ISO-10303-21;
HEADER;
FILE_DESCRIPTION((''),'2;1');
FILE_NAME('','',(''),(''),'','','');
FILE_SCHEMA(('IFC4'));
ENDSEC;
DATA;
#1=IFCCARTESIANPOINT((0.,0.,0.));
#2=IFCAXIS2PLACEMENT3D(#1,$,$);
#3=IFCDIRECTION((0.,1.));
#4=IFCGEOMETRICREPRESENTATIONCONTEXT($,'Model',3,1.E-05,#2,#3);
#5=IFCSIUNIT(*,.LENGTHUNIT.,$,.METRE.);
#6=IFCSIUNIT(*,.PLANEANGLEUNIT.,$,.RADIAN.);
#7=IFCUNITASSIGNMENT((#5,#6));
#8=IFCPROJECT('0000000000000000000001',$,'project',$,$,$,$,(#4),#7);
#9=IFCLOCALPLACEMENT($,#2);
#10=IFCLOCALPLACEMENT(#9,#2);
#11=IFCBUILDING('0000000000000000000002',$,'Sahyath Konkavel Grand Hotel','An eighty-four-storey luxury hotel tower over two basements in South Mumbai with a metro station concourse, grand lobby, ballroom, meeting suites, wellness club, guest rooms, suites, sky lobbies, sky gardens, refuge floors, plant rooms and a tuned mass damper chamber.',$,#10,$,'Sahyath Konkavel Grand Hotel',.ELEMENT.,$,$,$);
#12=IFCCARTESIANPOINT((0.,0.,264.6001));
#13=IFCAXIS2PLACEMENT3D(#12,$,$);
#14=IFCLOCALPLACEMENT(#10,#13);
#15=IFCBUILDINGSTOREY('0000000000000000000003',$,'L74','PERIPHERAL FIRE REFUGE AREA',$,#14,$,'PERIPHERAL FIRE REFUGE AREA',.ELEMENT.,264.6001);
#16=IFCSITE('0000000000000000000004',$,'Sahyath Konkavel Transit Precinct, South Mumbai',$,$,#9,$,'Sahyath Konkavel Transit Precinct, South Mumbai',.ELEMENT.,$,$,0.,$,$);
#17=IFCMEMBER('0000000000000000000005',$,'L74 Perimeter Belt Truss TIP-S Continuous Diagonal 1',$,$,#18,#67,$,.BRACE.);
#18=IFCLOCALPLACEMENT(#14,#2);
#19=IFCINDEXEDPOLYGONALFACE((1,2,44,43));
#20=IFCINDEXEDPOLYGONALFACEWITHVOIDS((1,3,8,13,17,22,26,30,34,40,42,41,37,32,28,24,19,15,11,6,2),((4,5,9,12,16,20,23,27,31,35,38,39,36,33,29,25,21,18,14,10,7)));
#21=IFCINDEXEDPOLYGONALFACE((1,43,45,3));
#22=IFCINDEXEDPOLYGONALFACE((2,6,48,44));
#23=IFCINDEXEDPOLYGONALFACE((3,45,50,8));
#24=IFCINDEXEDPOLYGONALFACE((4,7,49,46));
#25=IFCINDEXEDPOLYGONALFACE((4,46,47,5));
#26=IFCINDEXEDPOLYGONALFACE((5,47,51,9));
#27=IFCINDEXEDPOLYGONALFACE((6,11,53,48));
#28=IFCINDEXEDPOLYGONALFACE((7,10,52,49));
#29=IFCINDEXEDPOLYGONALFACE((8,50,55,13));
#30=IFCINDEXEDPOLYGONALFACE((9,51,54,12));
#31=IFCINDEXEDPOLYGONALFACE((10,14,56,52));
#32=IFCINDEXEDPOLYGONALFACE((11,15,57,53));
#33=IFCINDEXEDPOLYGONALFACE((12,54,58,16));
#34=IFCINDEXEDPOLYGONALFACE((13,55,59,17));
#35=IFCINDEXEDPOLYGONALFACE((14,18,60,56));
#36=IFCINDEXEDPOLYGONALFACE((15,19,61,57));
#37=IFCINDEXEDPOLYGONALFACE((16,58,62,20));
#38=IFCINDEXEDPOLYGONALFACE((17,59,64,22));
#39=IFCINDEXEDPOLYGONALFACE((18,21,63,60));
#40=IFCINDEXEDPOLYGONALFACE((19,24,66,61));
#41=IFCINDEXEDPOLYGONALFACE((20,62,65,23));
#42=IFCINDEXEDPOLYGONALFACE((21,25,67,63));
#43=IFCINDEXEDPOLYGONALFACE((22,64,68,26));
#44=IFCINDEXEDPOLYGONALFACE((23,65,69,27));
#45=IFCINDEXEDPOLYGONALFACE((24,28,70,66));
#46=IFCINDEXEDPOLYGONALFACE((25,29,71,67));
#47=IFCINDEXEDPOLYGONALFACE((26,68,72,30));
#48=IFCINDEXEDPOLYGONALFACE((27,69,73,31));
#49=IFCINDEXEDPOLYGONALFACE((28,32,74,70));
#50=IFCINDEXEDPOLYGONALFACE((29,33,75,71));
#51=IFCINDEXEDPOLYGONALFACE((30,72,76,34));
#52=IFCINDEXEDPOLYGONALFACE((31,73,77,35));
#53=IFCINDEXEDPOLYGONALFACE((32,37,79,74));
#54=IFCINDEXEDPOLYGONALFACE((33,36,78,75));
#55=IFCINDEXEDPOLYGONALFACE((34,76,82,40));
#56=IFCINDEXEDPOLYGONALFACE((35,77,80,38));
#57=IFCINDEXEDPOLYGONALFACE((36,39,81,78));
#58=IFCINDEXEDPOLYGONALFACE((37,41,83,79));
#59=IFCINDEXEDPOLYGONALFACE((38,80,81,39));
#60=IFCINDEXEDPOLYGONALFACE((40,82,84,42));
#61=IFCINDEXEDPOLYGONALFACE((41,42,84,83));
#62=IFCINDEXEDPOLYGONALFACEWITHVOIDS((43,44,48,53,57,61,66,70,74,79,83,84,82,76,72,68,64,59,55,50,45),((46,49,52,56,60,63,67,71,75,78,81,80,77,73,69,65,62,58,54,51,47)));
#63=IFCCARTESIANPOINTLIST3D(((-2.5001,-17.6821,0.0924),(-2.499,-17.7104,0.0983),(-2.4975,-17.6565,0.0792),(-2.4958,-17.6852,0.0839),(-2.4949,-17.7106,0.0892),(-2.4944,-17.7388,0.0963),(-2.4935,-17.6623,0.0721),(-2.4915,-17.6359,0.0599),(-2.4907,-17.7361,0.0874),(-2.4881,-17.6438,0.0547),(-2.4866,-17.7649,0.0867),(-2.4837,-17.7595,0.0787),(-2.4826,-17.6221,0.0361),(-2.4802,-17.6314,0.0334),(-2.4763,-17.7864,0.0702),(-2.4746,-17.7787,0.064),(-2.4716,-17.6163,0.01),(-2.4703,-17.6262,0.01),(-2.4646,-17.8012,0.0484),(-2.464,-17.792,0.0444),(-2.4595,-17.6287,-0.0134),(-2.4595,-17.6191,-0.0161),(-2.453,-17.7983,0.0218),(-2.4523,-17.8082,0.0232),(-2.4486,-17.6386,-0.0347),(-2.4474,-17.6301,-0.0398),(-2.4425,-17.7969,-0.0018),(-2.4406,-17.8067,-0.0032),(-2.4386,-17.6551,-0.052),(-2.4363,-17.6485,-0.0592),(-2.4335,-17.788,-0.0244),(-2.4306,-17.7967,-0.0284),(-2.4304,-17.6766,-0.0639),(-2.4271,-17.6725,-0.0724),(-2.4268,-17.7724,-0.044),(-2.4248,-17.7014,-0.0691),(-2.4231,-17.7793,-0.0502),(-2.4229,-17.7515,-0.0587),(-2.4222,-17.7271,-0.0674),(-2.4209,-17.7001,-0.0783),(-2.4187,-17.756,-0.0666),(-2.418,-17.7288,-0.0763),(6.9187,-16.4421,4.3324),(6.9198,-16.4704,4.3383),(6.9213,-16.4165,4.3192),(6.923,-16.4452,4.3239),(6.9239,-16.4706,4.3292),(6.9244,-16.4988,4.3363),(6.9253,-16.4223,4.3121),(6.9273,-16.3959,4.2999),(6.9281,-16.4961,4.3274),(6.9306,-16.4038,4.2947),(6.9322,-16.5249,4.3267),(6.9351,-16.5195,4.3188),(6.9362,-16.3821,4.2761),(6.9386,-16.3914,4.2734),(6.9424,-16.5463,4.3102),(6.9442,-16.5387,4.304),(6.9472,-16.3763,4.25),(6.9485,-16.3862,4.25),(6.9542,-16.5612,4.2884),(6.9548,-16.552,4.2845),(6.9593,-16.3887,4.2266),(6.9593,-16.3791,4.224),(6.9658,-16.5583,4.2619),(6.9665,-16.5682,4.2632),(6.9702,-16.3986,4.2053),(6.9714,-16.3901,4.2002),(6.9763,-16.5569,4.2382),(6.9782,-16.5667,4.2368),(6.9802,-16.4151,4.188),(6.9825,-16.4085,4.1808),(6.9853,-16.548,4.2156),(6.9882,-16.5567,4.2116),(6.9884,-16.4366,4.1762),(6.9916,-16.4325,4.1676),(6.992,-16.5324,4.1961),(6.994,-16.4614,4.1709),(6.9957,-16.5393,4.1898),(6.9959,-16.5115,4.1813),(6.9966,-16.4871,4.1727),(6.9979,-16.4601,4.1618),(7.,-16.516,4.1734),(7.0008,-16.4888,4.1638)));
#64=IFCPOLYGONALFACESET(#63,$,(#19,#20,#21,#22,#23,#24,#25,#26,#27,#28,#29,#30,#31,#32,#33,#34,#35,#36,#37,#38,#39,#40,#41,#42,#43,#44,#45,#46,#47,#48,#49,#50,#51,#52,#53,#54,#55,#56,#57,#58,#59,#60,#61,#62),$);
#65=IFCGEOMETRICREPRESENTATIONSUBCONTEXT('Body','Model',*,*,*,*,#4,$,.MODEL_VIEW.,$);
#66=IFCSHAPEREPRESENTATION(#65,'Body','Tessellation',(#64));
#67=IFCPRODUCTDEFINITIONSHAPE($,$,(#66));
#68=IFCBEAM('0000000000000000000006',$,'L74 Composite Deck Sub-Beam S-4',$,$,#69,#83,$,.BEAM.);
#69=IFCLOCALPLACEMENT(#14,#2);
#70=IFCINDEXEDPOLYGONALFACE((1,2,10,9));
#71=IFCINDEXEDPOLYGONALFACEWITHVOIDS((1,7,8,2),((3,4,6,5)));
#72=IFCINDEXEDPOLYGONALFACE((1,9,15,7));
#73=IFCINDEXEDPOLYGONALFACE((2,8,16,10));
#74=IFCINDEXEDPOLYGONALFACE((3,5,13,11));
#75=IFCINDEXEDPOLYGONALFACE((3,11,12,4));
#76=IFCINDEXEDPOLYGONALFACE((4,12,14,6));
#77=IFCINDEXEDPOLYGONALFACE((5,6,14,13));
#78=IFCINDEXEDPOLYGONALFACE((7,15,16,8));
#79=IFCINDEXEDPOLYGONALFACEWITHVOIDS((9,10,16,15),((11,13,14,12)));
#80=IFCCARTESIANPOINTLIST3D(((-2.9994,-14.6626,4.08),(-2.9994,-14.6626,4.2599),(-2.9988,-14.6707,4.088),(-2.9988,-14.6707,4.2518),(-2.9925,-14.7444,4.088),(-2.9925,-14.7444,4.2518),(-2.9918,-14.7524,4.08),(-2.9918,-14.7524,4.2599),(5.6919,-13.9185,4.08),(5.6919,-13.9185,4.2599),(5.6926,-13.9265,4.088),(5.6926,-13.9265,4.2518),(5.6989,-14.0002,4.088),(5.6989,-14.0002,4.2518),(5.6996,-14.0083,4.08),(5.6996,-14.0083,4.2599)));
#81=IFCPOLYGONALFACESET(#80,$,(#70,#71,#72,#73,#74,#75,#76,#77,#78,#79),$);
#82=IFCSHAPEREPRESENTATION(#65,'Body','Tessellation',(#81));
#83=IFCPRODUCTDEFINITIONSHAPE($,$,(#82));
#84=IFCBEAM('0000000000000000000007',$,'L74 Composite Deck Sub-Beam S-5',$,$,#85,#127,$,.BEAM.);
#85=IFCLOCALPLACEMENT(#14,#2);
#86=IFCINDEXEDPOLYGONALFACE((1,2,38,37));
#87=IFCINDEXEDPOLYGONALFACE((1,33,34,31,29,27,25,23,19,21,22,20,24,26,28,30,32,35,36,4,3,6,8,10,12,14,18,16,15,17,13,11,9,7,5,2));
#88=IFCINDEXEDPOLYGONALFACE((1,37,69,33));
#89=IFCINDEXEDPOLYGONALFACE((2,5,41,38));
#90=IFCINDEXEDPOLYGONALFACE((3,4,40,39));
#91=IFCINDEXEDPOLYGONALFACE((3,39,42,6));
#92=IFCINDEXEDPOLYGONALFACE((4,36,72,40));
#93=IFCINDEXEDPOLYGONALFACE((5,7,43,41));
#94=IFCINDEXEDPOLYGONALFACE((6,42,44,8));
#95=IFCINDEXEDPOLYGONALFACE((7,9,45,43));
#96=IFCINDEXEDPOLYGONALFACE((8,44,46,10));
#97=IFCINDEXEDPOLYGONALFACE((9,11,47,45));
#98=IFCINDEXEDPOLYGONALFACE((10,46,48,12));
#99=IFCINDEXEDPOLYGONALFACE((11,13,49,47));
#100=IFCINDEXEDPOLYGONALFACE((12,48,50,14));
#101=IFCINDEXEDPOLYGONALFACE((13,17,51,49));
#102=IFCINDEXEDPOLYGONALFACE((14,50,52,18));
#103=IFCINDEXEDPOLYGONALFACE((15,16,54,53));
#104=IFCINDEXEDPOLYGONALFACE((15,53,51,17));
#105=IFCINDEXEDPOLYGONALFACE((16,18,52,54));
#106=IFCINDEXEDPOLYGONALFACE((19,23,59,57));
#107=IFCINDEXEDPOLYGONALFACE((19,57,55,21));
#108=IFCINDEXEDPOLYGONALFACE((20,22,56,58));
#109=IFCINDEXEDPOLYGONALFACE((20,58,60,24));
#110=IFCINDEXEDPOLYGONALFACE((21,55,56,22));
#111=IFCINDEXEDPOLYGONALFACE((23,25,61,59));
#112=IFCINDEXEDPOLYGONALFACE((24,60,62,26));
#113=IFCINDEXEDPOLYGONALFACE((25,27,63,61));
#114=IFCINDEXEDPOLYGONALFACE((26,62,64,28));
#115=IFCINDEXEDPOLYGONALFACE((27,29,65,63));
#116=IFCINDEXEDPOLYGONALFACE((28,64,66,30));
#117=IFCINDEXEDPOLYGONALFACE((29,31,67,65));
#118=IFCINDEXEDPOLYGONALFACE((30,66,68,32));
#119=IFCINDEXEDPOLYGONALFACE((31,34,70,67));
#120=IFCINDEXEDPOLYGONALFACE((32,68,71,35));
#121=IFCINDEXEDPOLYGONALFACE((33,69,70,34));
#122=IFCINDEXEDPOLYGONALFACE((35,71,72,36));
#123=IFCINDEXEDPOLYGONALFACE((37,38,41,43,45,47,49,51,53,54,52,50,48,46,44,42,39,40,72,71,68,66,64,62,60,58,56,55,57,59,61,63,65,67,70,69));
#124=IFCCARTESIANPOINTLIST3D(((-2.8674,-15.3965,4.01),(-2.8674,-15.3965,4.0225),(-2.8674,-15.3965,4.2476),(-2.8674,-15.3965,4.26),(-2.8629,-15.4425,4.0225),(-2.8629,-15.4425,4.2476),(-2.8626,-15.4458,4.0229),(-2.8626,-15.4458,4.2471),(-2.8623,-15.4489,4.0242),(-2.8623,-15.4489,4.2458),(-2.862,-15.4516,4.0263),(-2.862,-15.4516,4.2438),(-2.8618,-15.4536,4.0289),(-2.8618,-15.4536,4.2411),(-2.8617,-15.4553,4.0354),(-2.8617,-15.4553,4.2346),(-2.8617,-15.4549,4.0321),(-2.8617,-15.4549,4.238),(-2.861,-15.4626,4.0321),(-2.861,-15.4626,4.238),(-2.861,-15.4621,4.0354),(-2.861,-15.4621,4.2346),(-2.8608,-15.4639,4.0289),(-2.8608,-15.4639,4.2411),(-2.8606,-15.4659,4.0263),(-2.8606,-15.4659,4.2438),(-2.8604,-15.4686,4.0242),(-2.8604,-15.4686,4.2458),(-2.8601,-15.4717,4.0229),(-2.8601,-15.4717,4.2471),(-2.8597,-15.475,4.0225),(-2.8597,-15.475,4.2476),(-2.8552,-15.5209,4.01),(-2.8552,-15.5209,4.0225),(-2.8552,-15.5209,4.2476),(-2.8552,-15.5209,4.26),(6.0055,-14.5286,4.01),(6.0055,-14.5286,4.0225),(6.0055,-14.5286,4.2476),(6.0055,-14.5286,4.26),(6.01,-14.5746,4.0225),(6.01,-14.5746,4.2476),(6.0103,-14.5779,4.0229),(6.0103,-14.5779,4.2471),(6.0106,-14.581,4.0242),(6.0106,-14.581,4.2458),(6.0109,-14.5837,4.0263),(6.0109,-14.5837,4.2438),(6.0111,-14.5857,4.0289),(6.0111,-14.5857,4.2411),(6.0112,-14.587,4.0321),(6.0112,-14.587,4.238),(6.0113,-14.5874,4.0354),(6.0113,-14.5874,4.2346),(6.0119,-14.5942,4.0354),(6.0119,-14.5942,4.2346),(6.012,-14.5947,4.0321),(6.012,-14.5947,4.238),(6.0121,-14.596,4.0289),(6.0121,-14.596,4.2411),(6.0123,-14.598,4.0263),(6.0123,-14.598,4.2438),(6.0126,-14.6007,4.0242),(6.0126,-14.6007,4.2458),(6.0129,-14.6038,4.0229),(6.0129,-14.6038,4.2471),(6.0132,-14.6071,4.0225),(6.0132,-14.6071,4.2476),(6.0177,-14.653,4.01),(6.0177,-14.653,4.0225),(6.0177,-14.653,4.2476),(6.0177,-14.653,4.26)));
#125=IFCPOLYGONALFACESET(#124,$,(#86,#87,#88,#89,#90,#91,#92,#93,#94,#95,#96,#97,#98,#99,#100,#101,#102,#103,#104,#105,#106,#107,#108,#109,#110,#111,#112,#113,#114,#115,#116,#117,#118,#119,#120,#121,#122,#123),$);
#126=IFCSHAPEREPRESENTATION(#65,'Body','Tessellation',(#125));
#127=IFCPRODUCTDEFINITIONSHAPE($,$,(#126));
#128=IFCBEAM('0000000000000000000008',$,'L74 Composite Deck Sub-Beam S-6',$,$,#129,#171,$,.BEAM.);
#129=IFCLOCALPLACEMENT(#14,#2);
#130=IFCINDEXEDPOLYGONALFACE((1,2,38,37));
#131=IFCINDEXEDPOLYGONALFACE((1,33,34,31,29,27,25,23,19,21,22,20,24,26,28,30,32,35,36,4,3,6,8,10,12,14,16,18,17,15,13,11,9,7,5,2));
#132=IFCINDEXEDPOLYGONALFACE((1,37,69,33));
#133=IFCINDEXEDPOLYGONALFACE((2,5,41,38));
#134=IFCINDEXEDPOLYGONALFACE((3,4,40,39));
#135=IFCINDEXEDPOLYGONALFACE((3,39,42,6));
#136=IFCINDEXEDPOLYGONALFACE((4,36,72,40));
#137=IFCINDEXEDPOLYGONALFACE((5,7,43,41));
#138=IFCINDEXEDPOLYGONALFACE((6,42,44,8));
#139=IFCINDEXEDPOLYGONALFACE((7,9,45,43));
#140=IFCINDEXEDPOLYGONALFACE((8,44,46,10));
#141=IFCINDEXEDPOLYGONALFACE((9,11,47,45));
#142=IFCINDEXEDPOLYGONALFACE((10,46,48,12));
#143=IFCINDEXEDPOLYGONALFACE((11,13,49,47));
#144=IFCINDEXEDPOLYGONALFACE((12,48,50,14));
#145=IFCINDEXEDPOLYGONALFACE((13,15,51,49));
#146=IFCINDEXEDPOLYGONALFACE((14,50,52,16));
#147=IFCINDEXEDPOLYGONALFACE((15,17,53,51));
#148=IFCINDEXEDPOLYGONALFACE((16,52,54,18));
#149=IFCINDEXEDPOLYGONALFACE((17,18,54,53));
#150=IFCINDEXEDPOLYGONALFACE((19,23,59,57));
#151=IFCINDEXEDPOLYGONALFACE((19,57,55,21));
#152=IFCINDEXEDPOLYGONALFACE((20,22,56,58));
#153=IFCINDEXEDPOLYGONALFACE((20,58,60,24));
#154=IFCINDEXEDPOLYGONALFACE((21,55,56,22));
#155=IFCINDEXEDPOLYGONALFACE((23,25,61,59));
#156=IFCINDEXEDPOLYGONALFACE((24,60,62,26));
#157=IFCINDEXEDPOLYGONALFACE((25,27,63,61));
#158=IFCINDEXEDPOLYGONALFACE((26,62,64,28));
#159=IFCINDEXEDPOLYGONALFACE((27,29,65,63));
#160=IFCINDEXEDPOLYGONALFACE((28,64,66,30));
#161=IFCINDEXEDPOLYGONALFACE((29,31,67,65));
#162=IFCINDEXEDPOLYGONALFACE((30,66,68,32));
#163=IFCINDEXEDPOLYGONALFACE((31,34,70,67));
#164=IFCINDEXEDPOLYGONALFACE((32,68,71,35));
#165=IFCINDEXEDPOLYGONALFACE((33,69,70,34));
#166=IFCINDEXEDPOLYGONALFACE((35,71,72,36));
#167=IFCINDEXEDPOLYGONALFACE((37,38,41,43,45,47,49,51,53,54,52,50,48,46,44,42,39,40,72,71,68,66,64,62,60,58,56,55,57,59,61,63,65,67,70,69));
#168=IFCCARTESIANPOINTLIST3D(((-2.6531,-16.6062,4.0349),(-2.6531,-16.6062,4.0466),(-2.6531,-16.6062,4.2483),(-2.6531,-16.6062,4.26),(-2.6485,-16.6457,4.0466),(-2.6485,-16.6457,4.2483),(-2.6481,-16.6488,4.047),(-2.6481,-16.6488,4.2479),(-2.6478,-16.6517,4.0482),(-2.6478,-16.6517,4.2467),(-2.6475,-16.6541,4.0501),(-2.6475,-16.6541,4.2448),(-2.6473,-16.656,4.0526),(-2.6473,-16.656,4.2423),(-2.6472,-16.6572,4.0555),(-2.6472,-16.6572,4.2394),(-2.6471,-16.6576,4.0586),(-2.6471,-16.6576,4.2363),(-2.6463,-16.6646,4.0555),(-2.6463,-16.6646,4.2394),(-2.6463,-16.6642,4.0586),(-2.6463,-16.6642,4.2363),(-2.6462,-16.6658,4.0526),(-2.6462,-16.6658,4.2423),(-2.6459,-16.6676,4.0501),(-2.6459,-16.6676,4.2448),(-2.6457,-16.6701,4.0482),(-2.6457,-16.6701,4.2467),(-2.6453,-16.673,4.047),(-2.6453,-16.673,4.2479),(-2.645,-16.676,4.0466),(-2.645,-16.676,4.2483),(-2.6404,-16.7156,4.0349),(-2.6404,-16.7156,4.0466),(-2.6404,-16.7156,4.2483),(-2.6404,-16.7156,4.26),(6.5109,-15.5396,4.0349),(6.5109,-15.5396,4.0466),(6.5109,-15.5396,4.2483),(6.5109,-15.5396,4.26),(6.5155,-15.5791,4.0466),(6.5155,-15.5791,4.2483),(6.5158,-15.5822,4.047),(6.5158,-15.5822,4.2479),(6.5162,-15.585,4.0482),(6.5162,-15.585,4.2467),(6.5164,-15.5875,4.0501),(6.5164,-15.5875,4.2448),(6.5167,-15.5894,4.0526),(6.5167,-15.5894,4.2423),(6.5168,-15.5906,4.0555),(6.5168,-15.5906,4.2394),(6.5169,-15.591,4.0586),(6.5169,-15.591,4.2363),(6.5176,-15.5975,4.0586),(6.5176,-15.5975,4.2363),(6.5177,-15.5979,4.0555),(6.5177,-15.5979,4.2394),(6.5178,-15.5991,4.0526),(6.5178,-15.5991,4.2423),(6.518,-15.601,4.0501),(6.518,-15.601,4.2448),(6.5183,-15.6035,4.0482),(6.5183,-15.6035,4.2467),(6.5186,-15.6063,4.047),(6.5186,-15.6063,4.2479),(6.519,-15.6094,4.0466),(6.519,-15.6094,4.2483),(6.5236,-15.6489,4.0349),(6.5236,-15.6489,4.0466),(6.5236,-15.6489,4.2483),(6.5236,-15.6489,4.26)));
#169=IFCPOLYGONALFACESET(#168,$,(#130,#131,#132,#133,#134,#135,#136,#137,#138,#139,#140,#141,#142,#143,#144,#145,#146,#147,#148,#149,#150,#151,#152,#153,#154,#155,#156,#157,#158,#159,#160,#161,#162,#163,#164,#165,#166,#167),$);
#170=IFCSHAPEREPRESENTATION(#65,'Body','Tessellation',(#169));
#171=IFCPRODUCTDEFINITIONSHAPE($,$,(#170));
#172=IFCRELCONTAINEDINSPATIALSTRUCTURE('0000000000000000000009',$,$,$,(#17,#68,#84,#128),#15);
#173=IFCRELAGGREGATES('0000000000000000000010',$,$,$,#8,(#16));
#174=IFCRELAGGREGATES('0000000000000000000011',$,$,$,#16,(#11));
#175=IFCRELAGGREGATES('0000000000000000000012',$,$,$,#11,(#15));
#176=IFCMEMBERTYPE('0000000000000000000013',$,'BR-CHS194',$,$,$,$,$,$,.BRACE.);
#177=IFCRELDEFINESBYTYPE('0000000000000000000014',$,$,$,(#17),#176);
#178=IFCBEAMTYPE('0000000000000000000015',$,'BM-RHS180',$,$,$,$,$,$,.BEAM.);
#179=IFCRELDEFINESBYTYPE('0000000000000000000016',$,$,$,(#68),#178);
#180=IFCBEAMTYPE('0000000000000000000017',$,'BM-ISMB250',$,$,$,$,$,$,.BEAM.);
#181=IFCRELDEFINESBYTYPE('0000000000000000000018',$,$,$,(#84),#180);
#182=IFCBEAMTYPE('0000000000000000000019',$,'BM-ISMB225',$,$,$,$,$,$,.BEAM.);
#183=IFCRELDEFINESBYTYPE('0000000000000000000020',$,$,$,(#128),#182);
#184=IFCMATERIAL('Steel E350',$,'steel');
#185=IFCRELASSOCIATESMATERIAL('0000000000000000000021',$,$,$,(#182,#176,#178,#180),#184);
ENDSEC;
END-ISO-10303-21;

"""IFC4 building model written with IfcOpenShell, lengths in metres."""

from ifc_helpers import new_model, si_unit, direction, frame, origin, origin_2d, place, context, subcontext, project, spatial, hollow_rectangle, hollow_circle, i_section, extrude, source, transform, mapped, material, material_profile, profile_set, type_object, element, save


model = new_model("IFC4")

# Units and contexts
model_context = context("Model", 3, precision=1e-05, world=origin(), true_north=direction((0.0, 1.0)))
body_context = subcontext(model_context, "Body", "Model", "MODEL_VIEW")
ifc_project = project(units=[si_unit("LENGTHUNIT", "METRE"), si_unit("PLANEANGLEUNIT", "RADIAN")], contexts=[model_context])

# Site, building, storey
site_placement = place(None, origin())
site = spatial("IfcSite", under=ifc_project, at=site_placement, Name="Sahyath Konkavel Transit Precinct, South Mumbai", LongName="Sahyath Konkavel Transit Precinct, South Mumbai", CompositionType="ELEMENT", RefElevation=0.0)
building_placement = place(site_placement, origin())
building = spatial("IfcBuilding", under=site, at=building_placement, Name="Sahyath Konkavel Grand Hotel", Description="An eighty-four-storey luxury hotel tower over two basements in South Mumbai with a metro station concourse, grand lobby, ballroom, meeting suites, wellness club, guest rooms, suites, sky lobbies, sky gardens, refuge floors, plant rooms and a tuned mass damper chamber.", LongName="Sahyath Konkavel Grand Hotel", CompositionType="ELEMENT")
storey_placement = place(building_placement, frame((0.0, 0.0, 264.6001)))
storey = spatial("IfcBuildingStorey", under=building, at=storey_placement, Name="L74", Description="PERIPHERAL FIRE REFUGE AREA", LongName="PERIPHERAL FIRE REFUGE AREA", CompositionType="ELEMENT", Elevation=264.6001)

# Shared definitions
ifc_material_1 = material(Name="Steel E350", Category="steel")
ifc_material_profile_1 = material_profile(ifc_material_1, i_section(OverallWidth=0.1101, OverallDepth=0.2251, WebThickness=0.0066, FlangeThickness=0.0117, FilletRadius=0.012, at=origin_2d()), Name="ISMB 225")
ifc_profile_set_1 = profile_set([ifc_material_profile_1], Name="Steel E350")
beam_type_1 = type_object("IfcBeamType", Name="BM-ISMB225", PredefinedType="BEAM", material=ifc_profile_set_1)

# Member
ifc_material_profile_2 = material_profile(ifc_material_1, hollow_circle(Radius=0.0969, WallThickness=0.01, at=origin_2d()), Name="CHS 193.7x10")
ifc_profile_set_2 = profile_set([ifc_material_profile_2], Name="Steel E350")
member_type_1 = type_object("IfcMemberType", Name="BR-CHS194", PredefinedType="BRACE", material=ifc_profile_set_2)
shared_shape_1 = source(origin(), body_context, "Body", "SweptSolid", [
    extrude(hollow_circle(Radius=0.0969, WallThickness=0.01, at=origin_2d()), origin(), (0.0, 0.0, 1.0), 10.4033),
])
member_1_placement = place(storey_placement, frame((-2.459, -17.7124, 0.01), z_axis=(0.905364, 0.119193, 0.407565), x_axis=(-0.130526, 0.991445, 0.0)))
element("IfcMember", 1, at=member_1_placement, inside=storey, type_object=member_type_1, Name="L74 Perimeter Belt Truss TIP-S Continuous Diagonal 1", PredefinedType="BRACE", context=body_context, shape_type="MappedRepresentation", body=[
    mapped(shared_shape_1, transform((0.0, 0.0, 0.0), scale=1.0)),
])

# Beams
ifc_material_profile_3 = material_profile(ifc_material_1, hollow_rectangle(XDim=0.0901, YDim=0.1799, WallThickness=0.0081, at=origin_2d()), Name="RHS 180x90x8")
ifc_profile_set_3 = profile_set([ifc_material_profile_3], Name="Steel E350")
beam_type_2 = type_object("IfcBeamType", Name="BM-RHS180", PredefinedType="BEAM", material=ifc_profile_set_3)
shared_shape_2 = source(origin(), body_context, "Body", "SweptSolid", [
    extrude(hollow_rectangle(XDim=0.0901, YDim=0.1799, WallThickness=0.0081, at=origin_2d()), origin(), (0.0, 0.0, 1.0), 8.7231),
])
beam_1_placement = place(storey_placement, frame((-2.9956, -14.7075, 4.1699), z_axis=(0.996355, 0.085306, 0.0), x_axis=(-0.085306, 0.996355, 0.0)))
element("IfcBeam", 2, at=beam_1_placement, inside=storey, type_object=beam_type_2, Name="L74 Composite Deck Sub-Beam S-4", PredefinedType="BEAM", context=body_context, shape_type="MappedRepresentation", body=[
    mapped(shared_shape_2, transform((0.0, 0.0, 0.0), scale=1.0)),
])
ifc_material_profile_4 = material_profile(ifc_material_1, i_section(OverallWidth=0.125, OverallDepth=0.25, WebThickness=0.0068, FlangeThickness=0.0125, FilletRadius=0.0129, at=origin_2d()), Name="ISMB 250")
ifc_profile_set_4 = profile_set([ifc_material_profile_4], Name="Steel E350")
beam_type_3 = type_object("IfcBeamType", Name="BM-ISMB250", PredefinedType="BEAM", material=ifc_profile_set_4)
shared_shape_3 = source(origin(), body_context, "Body", "SweptSolid", [
    extrude(i_section(OverallWidth=0.125, OverallDepth=0.25, WebThickness=0.0068, FlangeThickness=0.0125, FilletRadius=0.0129, at=origin_2d()), origin(), (0.0, 0.0, 1.0), 8.9153),
])
beam_2_placement = place(storey_placement, frame((-2.8613, -15.4587, 4.135), z_axis=(0.99525, 0.097351, 0.0), x_axis=(-0.097351, 0.99525, 0.0)))
element("IfcBeam", 3, at=beam_2_placement, inside=storey, type_object=beam_type_3, Name="L74 Composite Deck Sub-Beam S-5", PredefinedType="BEAM", context=body_context, shape_type="MappedRepresentation", body=[
    mapped(shared_shape_3, transform((0.0, 0.0, 0.0), scale=1.0)),
])
shared_shape_4 = source(origin(), body_context, "Body", "SweptSolid", [
    extrude(i_section(OverallWidth=0.1101, OverallDepth=0.2251, WebThickness=0.0066, FlangeThickness=0.0117, FilletRadius=0.012, at=origin_2d()), origin(), (0.0, 0.0, 1.0), 9.2258),
])
beam_3_placement = place(storey_placement, frame((-2.6467, -16.6609, 4.1475), z_axis=(0.993294, 0.115614, 0.0), x_axis=(-0.115614, 0.993294, 0.0)))
element("IfcBeam", 4, at=beam_3_placement, inside=storey, type_object=beam_type_1, Name="L74 Composite Deck Sub-Beam S-6", PredefinedType="BEAM", context=body_context, shape_type="MappedRepresentation", body=[
    mapped(shared_shape_4, transform((0.0, 0.0, 0.0), scale=1.0)),
])

save(model, "model.ifc")
